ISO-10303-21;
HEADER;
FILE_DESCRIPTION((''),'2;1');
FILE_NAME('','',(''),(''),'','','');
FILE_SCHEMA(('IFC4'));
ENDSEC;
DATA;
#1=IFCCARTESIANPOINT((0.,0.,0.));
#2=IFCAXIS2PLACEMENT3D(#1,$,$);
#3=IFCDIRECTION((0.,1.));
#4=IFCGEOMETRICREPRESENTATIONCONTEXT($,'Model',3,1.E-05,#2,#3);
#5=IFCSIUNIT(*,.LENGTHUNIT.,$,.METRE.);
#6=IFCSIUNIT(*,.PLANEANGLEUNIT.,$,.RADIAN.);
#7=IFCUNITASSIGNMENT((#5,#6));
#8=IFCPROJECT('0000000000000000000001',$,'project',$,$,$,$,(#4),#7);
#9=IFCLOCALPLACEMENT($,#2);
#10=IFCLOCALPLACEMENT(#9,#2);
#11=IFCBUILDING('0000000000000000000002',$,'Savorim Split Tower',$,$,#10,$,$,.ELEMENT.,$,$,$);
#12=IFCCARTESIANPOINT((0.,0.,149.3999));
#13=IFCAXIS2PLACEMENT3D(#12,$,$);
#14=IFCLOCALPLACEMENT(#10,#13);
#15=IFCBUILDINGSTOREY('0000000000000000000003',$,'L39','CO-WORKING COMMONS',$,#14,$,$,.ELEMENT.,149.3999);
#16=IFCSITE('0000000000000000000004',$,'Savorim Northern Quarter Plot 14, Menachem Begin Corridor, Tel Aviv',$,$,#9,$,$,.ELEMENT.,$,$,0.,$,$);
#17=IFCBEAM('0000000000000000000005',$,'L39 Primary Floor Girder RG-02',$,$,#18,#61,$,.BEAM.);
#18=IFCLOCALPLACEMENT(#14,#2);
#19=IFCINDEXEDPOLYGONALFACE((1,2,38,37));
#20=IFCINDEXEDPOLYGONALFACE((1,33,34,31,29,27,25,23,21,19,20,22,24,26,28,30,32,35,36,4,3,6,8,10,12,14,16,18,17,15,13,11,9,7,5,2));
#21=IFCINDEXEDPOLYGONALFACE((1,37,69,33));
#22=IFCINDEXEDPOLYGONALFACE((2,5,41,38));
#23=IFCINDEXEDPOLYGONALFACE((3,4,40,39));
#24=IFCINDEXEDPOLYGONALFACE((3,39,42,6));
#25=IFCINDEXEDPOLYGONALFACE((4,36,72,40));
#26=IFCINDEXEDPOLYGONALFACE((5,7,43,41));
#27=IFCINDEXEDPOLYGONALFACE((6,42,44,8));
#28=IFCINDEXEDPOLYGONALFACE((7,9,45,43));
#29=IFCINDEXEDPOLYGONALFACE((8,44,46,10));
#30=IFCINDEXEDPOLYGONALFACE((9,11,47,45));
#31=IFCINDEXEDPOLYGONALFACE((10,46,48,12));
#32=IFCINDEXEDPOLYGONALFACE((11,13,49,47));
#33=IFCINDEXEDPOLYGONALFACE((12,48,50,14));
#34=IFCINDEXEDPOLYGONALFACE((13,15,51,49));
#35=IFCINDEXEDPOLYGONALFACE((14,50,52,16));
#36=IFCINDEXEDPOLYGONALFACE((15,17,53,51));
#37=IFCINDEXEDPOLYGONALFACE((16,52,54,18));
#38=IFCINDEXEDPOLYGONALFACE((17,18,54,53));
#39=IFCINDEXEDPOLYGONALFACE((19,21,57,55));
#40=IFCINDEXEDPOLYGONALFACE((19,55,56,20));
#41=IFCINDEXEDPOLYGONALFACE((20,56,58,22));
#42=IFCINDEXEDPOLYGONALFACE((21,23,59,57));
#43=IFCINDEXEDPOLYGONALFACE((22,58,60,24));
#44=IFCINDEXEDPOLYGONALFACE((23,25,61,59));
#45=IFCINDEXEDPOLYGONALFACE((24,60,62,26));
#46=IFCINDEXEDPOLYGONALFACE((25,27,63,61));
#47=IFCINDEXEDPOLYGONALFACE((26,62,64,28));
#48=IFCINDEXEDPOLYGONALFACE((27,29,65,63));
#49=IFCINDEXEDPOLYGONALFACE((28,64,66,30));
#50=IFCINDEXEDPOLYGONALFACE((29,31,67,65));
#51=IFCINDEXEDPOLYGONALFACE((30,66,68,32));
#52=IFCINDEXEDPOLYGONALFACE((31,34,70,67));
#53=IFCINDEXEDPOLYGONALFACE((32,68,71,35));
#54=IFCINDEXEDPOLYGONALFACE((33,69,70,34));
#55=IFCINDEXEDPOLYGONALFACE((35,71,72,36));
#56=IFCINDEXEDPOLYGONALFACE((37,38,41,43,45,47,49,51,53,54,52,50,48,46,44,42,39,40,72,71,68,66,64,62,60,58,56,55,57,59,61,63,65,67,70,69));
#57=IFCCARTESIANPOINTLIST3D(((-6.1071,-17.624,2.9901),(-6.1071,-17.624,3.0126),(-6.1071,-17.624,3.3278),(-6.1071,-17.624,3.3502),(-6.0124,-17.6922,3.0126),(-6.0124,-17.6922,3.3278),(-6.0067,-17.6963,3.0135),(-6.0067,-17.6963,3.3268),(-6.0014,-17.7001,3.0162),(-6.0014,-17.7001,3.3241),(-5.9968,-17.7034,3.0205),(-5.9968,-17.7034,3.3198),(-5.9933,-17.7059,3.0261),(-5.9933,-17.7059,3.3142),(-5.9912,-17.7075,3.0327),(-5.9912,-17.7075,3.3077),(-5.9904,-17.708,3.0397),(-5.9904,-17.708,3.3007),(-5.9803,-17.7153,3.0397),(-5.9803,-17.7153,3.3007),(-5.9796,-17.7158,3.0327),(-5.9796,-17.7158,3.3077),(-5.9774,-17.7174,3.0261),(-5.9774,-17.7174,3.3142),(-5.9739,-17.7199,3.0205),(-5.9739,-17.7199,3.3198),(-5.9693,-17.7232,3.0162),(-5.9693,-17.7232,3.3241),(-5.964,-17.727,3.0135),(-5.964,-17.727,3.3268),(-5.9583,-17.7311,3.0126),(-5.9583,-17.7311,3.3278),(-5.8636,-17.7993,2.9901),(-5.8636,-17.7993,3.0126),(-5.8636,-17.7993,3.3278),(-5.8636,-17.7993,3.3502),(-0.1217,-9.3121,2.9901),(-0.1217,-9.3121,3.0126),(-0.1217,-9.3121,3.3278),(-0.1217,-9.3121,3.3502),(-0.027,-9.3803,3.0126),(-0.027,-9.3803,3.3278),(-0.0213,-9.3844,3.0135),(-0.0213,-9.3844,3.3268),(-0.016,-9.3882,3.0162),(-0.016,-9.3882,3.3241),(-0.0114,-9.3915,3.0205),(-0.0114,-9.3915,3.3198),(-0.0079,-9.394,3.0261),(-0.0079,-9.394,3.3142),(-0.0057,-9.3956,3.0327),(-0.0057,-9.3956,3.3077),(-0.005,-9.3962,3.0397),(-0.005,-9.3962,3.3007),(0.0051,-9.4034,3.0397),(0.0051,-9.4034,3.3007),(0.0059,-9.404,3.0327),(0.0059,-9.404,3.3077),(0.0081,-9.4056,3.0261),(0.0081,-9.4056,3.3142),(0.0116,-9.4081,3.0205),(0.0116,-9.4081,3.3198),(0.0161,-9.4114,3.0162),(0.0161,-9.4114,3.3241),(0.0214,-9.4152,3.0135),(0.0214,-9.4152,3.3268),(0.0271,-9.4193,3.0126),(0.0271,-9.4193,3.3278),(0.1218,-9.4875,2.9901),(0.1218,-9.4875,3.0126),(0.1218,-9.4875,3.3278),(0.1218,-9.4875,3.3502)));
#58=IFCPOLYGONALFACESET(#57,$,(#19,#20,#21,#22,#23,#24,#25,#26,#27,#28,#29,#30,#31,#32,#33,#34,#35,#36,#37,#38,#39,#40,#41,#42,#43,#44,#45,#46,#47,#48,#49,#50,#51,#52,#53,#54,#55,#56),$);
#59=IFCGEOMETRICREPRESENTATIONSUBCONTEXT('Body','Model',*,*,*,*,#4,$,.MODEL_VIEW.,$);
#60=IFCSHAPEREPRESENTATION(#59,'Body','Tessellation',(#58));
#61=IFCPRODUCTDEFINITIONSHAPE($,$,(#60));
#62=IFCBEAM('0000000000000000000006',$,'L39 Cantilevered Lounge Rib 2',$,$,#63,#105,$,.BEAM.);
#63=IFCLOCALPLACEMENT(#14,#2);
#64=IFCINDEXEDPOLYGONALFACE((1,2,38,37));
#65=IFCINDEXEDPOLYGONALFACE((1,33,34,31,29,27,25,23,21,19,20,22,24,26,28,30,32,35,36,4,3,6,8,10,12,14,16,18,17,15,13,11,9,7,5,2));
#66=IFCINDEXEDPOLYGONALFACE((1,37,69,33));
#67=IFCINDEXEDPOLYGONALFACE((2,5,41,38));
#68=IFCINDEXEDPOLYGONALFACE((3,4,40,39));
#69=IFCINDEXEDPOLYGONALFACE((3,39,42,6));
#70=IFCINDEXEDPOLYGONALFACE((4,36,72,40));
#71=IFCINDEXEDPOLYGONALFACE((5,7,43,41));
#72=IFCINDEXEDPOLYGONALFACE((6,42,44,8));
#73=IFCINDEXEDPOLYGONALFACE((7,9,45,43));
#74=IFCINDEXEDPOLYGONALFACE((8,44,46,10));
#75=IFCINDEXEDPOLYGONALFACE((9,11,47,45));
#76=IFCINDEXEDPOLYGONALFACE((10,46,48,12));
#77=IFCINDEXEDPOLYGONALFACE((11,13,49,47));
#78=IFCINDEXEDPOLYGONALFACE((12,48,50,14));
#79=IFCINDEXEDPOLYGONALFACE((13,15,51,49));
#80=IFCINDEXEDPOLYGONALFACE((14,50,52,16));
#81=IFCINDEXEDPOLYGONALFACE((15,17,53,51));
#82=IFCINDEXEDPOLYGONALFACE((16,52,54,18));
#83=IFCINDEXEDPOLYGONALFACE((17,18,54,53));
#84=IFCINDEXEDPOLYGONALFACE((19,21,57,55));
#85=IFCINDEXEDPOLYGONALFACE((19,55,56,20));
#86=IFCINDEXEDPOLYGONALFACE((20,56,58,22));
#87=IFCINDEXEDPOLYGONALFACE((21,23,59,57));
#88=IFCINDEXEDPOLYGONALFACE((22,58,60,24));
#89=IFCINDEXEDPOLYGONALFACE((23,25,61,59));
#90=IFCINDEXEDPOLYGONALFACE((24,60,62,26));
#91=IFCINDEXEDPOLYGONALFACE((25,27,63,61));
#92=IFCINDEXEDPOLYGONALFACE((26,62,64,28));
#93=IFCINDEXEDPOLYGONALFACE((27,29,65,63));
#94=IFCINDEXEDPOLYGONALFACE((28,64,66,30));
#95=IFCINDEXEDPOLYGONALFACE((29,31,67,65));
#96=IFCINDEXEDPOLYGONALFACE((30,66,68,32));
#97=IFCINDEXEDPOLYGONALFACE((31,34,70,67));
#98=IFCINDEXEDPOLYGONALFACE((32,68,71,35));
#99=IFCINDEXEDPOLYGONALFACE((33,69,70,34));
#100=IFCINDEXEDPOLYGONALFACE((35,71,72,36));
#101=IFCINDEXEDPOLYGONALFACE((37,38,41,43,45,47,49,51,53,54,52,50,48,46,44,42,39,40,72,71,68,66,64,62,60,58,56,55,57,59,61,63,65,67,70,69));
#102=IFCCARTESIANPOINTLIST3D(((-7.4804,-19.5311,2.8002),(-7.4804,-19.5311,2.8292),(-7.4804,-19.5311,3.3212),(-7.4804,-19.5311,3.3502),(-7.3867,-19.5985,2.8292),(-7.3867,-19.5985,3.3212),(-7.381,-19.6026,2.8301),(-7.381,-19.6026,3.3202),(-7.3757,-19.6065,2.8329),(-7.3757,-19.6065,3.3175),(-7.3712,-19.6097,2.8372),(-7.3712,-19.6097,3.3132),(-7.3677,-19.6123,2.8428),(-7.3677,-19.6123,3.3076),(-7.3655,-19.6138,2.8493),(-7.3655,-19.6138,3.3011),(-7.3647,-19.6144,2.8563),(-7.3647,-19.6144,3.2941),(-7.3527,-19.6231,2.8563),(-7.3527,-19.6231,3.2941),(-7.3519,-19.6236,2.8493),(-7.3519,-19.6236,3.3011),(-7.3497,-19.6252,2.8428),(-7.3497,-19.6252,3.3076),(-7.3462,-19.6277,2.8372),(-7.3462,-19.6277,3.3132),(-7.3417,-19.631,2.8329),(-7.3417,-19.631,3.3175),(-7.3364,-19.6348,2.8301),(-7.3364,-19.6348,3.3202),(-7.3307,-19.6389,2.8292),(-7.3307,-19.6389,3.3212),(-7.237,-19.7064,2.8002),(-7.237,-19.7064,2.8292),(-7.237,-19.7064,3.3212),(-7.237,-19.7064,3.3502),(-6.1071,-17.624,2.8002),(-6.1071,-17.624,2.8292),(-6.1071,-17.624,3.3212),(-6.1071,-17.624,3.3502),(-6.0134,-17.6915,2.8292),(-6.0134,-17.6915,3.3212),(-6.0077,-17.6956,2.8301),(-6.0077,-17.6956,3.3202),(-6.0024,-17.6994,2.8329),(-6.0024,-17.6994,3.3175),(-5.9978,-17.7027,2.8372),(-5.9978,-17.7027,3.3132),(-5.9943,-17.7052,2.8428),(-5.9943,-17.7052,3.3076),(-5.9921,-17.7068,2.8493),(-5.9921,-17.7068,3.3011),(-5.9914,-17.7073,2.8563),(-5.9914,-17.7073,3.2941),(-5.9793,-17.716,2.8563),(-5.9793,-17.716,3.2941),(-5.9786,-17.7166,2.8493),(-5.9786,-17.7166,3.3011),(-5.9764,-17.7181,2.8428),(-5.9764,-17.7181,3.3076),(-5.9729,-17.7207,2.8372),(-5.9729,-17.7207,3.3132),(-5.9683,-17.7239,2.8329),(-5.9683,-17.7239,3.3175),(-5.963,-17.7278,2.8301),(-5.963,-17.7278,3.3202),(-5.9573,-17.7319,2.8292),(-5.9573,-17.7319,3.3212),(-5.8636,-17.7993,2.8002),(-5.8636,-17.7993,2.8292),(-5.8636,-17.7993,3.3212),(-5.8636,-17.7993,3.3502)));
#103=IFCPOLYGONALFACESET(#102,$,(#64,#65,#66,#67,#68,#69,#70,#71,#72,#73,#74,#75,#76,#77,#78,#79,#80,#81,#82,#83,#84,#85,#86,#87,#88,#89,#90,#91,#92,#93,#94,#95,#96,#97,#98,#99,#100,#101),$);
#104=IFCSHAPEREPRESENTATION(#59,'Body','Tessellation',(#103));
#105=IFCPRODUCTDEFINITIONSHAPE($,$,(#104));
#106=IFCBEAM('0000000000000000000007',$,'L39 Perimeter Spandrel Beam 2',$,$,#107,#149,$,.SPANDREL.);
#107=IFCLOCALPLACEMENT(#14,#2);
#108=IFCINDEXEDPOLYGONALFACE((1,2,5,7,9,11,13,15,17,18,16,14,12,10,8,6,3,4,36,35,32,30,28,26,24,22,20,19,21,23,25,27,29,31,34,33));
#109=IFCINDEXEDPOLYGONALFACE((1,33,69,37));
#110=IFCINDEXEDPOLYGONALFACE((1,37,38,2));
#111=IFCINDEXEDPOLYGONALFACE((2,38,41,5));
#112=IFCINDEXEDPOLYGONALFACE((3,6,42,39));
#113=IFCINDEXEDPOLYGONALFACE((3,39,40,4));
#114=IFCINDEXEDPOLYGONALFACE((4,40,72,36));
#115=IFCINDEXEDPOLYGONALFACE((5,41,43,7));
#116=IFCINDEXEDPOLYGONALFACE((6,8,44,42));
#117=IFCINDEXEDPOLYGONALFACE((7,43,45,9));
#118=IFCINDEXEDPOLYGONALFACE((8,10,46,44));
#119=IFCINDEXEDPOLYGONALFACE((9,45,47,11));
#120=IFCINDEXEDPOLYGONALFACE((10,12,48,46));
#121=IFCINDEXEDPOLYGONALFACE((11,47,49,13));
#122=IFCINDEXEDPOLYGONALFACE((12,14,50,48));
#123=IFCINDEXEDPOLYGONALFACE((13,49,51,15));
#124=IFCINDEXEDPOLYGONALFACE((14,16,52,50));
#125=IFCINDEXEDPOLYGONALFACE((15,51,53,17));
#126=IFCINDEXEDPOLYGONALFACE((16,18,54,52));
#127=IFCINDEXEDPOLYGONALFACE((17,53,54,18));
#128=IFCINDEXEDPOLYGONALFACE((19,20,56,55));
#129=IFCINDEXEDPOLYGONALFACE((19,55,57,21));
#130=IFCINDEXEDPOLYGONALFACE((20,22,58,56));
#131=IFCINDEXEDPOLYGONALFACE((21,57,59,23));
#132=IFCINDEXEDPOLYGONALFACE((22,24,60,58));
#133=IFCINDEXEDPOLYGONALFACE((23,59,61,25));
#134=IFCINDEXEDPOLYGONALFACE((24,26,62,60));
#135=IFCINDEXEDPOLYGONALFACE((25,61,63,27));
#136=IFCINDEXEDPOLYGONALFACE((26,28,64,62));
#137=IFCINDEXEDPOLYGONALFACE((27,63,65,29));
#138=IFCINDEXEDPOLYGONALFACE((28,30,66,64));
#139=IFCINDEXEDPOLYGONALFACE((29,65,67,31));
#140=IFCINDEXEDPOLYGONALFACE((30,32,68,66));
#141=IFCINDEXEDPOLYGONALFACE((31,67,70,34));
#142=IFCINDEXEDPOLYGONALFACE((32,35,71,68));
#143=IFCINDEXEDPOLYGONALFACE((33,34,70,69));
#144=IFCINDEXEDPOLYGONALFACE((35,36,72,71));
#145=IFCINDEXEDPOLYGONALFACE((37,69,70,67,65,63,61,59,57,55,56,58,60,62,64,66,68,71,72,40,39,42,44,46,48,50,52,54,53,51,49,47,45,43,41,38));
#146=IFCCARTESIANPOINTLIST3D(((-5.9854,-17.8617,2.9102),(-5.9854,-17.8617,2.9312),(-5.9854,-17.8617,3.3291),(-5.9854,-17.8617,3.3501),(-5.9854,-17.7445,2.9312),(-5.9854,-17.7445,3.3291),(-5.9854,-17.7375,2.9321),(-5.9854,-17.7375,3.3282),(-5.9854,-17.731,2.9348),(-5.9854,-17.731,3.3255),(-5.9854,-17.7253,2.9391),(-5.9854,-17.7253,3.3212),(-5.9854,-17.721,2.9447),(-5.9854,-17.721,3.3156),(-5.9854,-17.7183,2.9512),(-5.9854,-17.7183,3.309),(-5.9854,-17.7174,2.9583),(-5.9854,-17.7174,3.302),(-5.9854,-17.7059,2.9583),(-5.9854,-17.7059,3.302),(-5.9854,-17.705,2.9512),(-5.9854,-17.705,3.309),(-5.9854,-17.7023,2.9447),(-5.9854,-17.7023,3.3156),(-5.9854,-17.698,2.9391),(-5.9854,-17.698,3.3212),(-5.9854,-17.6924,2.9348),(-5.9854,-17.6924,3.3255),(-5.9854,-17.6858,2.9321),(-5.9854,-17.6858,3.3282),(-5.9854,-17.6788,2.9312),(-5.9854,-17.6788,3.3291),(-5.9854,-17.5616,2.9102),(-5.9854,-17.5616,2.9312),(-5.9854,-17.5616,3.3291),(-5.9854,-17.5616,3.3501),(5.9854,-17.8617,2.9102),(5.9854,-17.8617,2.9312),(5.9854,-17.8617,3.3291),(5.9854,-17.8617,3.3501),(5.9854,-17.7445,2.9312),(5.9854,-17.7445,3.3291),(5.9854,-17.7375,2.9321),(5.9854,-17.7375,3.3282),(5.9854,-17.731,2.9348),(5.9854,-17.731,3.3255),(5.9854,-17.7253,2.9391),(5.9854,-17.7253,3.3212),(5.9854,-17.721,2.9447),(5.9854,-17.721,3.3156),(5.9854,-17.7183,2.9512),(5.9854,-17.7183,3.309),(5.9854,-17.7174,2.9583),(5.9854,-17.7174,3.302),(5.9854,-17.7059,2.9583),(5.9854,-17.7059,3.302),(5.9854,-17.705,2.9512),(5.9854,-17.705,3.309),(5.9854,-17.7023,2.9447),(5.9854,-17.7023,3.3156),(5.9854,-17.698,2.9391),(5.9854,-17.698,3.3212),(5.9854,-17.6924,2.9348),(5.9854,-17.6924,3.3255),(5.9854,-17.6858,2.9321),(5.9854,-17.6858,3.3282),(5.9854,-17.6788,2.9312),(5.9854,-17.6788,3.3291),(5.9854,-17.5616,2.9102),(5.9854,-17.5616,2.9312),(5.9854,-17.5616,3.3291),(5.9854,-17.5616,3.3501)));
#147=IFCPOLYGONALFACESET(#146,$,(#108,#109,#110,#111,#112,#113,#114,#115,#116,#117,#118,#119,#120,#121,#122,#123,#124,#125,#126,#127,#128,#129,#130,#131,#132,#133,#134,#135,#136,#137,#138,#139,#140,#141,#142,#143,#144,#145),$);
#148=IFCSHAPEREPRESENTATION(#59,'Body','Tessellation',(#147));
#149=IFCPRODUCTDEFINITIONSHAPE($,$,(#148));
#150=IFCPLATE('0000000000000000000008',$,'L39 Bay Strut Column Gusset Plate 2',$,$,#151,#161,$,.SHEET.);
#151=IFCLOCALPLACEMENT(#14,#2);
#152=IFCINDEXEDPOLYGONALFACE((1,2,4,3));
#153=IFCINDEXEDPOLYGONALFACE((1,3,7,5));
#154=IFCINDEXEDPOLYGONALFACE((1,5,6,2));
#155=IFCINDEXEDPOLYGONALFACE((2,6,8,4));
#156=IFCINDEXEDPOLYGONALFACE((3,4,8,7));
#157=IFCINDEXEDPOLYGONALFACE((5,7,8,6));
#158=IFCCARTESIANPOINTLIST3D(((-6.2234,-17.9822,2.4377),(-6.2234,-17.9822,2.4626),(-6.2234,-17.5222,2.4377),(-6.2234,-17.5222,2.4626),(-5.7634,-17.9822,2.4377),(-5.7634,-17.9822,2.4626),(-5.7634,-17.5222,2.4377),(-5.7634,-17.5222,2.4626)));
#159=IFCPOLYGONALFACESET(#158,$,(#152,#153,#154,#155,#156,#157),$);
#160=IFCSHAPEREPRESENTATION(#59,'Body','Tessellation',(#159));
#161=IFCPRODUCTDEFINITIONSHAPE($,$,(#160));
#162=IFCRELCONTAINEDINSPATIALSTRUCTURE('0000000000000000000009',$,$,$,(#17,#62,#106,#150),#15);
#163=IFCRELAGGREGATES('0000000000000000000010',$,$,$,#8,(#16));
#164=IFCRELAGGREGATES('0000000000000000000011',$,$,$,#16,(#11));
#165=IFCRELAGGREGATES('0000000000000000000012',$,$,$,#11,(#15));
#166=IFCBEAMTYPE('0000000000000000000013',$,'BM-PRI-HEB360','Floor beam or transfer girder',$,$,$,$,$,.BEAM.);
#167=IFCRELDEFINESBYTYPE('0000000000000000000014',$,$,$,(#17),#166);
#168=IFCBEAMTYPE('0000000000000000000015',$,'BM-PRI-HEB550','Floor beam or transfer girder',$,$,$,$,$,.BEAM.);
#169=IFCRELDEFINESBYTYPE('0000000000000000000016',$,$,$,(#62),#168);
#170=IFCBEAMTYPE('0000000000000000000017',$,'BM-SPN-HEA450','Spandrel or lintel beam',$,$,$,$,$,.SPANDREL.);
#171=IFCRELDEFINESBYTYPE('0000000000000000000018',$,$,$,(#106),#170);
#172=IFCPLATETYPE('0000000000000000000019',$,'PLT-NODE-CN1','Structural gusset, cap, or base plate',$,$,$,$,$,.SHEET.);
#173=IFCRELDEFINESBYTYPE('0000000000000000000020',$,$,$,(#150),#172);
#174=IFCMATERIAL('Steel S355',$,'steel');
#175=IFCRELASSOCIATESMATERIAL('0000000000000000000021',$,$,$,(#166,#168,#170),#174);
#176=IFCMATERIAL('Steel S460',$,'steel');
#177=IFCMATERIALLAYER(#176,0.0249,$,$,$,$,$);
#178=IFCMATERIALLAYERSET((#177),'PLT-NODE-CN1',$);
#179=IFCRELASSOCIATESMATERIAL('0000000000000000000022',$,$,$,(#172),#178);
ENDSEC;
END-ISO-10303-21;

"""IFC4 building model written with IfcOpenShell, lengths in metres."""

from ifc_helpers import new_model, si_unit, direction, frame, origin, origin_2d, place, context, subcontext, project, spatial, rectangle, i_section, extrude, material, layer, layer_set, material_profile, profile_set, type_object, element, save


model = new_model("IFC4")

# Units and contexts
model_context = context("Model", 3, precision=1e-05, world=origin(), true_north=direction((0.0, 1.0)))
body_context = subcontext(model_context, "Body", "Model", "MODEL_VIEW")
ifc_project = project(units=[si_unit("LENGTHUNIT", "METRE"), si_unit("PLANEANGLEUNIT", "RADIAN")], contexts=[model_context])

# Site, building, storey
site_placement = place(None, origin())
site = spatial("IfcSite", under=ifc_project, at=site_placement, Name="Savorim Northern Quarter Plot 14, Menachem Begin Corridor, Tel Aviv", CompositionType="ELEMENT", RefElevation=0.0)
building_placement = place(site_placement, origin())
building = spatial("IfcBuilding", under=site, at=building_placement, Name="Savorim Split Tower", CompositionType="ELEMENT")
storey_placement = place(building_placement, frame((0.0, 0.0, 149.3999)))
storey = spatial("IfcBuildingStorey", under=building, at=storey_placement, Name="L39", Description="CO-WORKING COMMONS", CompositionType="ELEMENT", Elevation=149.3999)

# Shared definitions
ifc_material_1 = material(Name="Steel S460", Category="steel")

# Beams
ifc_material_2 = material(Name="Steel S355", Category="steel")
ifc_material_profile_1 = material_profile(ifc_material_2, i_section(OverallWidth=0.3, OverallDepth=0.3601, WebThickness=0.0125, FlangeThickness=0.0225, FilletRadius=0.0271, at=origin_2d()), Name="HEB 360")
ifc_profile_set_1 = profile_set([ifc_material_profile_1], Name="Steel S355")
beam_type_1 = type_object("IfcBeamType", Name="BM-PRI-HEB360", Description="Floor beam or transfer girder", PredefinedType="BEAM", material=ifc_profile_set_1)
beam_1_placement = place(storey_placement, frame((-5.9854, -17.7117, 3.1702), z_axis=(0.584361, 0.811494, 0.0), x_axis=(-0.811494, 0.584361, 0.0)))
element("IfcBeam", 1, at=beam_1_placement, inside=storey, type_object=beam_type_1, Name="L39 Primary Floor Girder RG-02", PredefinedType="BEAM", context=body_context, shape_type="SweptSolid", body=[
    extrude(i_section(OverallWidth=0.3, OverallDepth=0.3601, WebThickness=0.0125, FlangeThickness=0.0225, FilletRadius=0.0271, at=origin_2d()), origin(), (0.0, 0.0, 1.0), 10.2427),
])
ifc_material_profile_2 = material_profile(ifc_material_2, i_section(OverallWidth=0.3, OverallDepth=0.55, WebThickness=0.0149, FlangeThickness=0.0291, FilletRadius=0.0271, at=origin_2d()), Name="HEB 550")
ifc_profile_set_2 = profile_set([ifc_material_profile_2], Name="Steel S355")
beam_type_2 = type_object("IfcBeamType", Name="BM-PRI-HEB550", Description="Floor beam or transfer girder", PredefinedType="BEAM", material=ifc_profile_set_2)
beam_2_placement = place(storey_placement, frame((-5.9854, -17.7117, 3.0752), z_axis=(-0.584379, -0.811481, 0.0), x_axis=(0.811481, -0.584379, 0.0)))
element("IfcBeam", 2, at=beam_2_placement, inside=storey, type_object=beam_type_2, Name="L39 Cantilevered Lounge Rib 2", PredefinedType="BEAM", context=body_context, shape_type="SweptSolid", body=[
    extrude(i_section(OverallWidth=0.3, OverallDepth=0.55, WebThickness=0.0149, FlangeThickness=0.0291, FilletRadius=0.0271, at=origin_2d()), origin(), (0.0, 0.0, 1.0), 2.3501),
])
ifc_material_profile_3 = material_profile(ifc_material_2, i_section(OverallWidth=0.3, OverallDepth=0.4399, WebThickness=0.0115, FlangeThickness=0.021, FilletRadius=0.0271, at=origin_2d()), Name="HEA 450")
ifc_profile_set_3 = profile_set([ifc_material_profile_3], Name="Steel S355")
beam_type_3 = type_object("IfcBeamType", Name="BM-SPN-HEA450", Description="Spandrel or lintel beam", PredefinedType="SPANDREL", material=ifc_profile_set_3)
beam_3_placement = place(storey_placement, frame((-5.9854, -17.7117, 3.1301), z_axis=(1.0, 0.0, 0.0), x_axis=(0.0, 1.0, 0.0)))
element("IfcBeam", 3, at=beam_3_placement, inside=storey, type_object=beam_type_3, Name="L39 Perimeter Spandrel Beam 2", PredefinedType="SPANDREL", context=body_context, shape_type="SweptSolid", body=[
    extrude(i_section(OverallWidth=0.3, OverallDepth=0.4399, WebThickness=0.0115, FlangeThickness=0.021, FilletRadius=0.0271, at=origin_2d()), origin(), (0.0, 0.0, 1.0), 11.9707),
])

# Plate
ifc_layer_1 = layer(ifc_material_1, 0.0249)
ifc_layer_set_1 = layer_set([ifc_layer_1], Name="PLT-NODE-CN1")
plate_type = type_object("IfcPlateType", Name="PLT-NODE-CN1", Description="Structural gusset, cap, or base plate", PredefinedType="SHEET", material=ifc_layer_set_1)
plate_placement = place(storey_placement, frame((-5.9934, -17.7522, 2.4377), z_axis=(0.0, 0.0, 1.0), x_axis=(1.0, 0.0, 0.0)))
element("IfcPlate", 4, at=plate_placement, inside=storey, type_object=plate_type, Name="L39 Bay Strut Column Gusset Plate 2", PredefinedType="SHEET", context=body_context, shape_type="SweptSolid", body=[
    extrude(rectangle(XDim=0.46, YDim=0.46, at=origin_2d()), origin(), (0.0, 0.0, 1.0), 0.0249),
])

save(model, "model.ifc")
